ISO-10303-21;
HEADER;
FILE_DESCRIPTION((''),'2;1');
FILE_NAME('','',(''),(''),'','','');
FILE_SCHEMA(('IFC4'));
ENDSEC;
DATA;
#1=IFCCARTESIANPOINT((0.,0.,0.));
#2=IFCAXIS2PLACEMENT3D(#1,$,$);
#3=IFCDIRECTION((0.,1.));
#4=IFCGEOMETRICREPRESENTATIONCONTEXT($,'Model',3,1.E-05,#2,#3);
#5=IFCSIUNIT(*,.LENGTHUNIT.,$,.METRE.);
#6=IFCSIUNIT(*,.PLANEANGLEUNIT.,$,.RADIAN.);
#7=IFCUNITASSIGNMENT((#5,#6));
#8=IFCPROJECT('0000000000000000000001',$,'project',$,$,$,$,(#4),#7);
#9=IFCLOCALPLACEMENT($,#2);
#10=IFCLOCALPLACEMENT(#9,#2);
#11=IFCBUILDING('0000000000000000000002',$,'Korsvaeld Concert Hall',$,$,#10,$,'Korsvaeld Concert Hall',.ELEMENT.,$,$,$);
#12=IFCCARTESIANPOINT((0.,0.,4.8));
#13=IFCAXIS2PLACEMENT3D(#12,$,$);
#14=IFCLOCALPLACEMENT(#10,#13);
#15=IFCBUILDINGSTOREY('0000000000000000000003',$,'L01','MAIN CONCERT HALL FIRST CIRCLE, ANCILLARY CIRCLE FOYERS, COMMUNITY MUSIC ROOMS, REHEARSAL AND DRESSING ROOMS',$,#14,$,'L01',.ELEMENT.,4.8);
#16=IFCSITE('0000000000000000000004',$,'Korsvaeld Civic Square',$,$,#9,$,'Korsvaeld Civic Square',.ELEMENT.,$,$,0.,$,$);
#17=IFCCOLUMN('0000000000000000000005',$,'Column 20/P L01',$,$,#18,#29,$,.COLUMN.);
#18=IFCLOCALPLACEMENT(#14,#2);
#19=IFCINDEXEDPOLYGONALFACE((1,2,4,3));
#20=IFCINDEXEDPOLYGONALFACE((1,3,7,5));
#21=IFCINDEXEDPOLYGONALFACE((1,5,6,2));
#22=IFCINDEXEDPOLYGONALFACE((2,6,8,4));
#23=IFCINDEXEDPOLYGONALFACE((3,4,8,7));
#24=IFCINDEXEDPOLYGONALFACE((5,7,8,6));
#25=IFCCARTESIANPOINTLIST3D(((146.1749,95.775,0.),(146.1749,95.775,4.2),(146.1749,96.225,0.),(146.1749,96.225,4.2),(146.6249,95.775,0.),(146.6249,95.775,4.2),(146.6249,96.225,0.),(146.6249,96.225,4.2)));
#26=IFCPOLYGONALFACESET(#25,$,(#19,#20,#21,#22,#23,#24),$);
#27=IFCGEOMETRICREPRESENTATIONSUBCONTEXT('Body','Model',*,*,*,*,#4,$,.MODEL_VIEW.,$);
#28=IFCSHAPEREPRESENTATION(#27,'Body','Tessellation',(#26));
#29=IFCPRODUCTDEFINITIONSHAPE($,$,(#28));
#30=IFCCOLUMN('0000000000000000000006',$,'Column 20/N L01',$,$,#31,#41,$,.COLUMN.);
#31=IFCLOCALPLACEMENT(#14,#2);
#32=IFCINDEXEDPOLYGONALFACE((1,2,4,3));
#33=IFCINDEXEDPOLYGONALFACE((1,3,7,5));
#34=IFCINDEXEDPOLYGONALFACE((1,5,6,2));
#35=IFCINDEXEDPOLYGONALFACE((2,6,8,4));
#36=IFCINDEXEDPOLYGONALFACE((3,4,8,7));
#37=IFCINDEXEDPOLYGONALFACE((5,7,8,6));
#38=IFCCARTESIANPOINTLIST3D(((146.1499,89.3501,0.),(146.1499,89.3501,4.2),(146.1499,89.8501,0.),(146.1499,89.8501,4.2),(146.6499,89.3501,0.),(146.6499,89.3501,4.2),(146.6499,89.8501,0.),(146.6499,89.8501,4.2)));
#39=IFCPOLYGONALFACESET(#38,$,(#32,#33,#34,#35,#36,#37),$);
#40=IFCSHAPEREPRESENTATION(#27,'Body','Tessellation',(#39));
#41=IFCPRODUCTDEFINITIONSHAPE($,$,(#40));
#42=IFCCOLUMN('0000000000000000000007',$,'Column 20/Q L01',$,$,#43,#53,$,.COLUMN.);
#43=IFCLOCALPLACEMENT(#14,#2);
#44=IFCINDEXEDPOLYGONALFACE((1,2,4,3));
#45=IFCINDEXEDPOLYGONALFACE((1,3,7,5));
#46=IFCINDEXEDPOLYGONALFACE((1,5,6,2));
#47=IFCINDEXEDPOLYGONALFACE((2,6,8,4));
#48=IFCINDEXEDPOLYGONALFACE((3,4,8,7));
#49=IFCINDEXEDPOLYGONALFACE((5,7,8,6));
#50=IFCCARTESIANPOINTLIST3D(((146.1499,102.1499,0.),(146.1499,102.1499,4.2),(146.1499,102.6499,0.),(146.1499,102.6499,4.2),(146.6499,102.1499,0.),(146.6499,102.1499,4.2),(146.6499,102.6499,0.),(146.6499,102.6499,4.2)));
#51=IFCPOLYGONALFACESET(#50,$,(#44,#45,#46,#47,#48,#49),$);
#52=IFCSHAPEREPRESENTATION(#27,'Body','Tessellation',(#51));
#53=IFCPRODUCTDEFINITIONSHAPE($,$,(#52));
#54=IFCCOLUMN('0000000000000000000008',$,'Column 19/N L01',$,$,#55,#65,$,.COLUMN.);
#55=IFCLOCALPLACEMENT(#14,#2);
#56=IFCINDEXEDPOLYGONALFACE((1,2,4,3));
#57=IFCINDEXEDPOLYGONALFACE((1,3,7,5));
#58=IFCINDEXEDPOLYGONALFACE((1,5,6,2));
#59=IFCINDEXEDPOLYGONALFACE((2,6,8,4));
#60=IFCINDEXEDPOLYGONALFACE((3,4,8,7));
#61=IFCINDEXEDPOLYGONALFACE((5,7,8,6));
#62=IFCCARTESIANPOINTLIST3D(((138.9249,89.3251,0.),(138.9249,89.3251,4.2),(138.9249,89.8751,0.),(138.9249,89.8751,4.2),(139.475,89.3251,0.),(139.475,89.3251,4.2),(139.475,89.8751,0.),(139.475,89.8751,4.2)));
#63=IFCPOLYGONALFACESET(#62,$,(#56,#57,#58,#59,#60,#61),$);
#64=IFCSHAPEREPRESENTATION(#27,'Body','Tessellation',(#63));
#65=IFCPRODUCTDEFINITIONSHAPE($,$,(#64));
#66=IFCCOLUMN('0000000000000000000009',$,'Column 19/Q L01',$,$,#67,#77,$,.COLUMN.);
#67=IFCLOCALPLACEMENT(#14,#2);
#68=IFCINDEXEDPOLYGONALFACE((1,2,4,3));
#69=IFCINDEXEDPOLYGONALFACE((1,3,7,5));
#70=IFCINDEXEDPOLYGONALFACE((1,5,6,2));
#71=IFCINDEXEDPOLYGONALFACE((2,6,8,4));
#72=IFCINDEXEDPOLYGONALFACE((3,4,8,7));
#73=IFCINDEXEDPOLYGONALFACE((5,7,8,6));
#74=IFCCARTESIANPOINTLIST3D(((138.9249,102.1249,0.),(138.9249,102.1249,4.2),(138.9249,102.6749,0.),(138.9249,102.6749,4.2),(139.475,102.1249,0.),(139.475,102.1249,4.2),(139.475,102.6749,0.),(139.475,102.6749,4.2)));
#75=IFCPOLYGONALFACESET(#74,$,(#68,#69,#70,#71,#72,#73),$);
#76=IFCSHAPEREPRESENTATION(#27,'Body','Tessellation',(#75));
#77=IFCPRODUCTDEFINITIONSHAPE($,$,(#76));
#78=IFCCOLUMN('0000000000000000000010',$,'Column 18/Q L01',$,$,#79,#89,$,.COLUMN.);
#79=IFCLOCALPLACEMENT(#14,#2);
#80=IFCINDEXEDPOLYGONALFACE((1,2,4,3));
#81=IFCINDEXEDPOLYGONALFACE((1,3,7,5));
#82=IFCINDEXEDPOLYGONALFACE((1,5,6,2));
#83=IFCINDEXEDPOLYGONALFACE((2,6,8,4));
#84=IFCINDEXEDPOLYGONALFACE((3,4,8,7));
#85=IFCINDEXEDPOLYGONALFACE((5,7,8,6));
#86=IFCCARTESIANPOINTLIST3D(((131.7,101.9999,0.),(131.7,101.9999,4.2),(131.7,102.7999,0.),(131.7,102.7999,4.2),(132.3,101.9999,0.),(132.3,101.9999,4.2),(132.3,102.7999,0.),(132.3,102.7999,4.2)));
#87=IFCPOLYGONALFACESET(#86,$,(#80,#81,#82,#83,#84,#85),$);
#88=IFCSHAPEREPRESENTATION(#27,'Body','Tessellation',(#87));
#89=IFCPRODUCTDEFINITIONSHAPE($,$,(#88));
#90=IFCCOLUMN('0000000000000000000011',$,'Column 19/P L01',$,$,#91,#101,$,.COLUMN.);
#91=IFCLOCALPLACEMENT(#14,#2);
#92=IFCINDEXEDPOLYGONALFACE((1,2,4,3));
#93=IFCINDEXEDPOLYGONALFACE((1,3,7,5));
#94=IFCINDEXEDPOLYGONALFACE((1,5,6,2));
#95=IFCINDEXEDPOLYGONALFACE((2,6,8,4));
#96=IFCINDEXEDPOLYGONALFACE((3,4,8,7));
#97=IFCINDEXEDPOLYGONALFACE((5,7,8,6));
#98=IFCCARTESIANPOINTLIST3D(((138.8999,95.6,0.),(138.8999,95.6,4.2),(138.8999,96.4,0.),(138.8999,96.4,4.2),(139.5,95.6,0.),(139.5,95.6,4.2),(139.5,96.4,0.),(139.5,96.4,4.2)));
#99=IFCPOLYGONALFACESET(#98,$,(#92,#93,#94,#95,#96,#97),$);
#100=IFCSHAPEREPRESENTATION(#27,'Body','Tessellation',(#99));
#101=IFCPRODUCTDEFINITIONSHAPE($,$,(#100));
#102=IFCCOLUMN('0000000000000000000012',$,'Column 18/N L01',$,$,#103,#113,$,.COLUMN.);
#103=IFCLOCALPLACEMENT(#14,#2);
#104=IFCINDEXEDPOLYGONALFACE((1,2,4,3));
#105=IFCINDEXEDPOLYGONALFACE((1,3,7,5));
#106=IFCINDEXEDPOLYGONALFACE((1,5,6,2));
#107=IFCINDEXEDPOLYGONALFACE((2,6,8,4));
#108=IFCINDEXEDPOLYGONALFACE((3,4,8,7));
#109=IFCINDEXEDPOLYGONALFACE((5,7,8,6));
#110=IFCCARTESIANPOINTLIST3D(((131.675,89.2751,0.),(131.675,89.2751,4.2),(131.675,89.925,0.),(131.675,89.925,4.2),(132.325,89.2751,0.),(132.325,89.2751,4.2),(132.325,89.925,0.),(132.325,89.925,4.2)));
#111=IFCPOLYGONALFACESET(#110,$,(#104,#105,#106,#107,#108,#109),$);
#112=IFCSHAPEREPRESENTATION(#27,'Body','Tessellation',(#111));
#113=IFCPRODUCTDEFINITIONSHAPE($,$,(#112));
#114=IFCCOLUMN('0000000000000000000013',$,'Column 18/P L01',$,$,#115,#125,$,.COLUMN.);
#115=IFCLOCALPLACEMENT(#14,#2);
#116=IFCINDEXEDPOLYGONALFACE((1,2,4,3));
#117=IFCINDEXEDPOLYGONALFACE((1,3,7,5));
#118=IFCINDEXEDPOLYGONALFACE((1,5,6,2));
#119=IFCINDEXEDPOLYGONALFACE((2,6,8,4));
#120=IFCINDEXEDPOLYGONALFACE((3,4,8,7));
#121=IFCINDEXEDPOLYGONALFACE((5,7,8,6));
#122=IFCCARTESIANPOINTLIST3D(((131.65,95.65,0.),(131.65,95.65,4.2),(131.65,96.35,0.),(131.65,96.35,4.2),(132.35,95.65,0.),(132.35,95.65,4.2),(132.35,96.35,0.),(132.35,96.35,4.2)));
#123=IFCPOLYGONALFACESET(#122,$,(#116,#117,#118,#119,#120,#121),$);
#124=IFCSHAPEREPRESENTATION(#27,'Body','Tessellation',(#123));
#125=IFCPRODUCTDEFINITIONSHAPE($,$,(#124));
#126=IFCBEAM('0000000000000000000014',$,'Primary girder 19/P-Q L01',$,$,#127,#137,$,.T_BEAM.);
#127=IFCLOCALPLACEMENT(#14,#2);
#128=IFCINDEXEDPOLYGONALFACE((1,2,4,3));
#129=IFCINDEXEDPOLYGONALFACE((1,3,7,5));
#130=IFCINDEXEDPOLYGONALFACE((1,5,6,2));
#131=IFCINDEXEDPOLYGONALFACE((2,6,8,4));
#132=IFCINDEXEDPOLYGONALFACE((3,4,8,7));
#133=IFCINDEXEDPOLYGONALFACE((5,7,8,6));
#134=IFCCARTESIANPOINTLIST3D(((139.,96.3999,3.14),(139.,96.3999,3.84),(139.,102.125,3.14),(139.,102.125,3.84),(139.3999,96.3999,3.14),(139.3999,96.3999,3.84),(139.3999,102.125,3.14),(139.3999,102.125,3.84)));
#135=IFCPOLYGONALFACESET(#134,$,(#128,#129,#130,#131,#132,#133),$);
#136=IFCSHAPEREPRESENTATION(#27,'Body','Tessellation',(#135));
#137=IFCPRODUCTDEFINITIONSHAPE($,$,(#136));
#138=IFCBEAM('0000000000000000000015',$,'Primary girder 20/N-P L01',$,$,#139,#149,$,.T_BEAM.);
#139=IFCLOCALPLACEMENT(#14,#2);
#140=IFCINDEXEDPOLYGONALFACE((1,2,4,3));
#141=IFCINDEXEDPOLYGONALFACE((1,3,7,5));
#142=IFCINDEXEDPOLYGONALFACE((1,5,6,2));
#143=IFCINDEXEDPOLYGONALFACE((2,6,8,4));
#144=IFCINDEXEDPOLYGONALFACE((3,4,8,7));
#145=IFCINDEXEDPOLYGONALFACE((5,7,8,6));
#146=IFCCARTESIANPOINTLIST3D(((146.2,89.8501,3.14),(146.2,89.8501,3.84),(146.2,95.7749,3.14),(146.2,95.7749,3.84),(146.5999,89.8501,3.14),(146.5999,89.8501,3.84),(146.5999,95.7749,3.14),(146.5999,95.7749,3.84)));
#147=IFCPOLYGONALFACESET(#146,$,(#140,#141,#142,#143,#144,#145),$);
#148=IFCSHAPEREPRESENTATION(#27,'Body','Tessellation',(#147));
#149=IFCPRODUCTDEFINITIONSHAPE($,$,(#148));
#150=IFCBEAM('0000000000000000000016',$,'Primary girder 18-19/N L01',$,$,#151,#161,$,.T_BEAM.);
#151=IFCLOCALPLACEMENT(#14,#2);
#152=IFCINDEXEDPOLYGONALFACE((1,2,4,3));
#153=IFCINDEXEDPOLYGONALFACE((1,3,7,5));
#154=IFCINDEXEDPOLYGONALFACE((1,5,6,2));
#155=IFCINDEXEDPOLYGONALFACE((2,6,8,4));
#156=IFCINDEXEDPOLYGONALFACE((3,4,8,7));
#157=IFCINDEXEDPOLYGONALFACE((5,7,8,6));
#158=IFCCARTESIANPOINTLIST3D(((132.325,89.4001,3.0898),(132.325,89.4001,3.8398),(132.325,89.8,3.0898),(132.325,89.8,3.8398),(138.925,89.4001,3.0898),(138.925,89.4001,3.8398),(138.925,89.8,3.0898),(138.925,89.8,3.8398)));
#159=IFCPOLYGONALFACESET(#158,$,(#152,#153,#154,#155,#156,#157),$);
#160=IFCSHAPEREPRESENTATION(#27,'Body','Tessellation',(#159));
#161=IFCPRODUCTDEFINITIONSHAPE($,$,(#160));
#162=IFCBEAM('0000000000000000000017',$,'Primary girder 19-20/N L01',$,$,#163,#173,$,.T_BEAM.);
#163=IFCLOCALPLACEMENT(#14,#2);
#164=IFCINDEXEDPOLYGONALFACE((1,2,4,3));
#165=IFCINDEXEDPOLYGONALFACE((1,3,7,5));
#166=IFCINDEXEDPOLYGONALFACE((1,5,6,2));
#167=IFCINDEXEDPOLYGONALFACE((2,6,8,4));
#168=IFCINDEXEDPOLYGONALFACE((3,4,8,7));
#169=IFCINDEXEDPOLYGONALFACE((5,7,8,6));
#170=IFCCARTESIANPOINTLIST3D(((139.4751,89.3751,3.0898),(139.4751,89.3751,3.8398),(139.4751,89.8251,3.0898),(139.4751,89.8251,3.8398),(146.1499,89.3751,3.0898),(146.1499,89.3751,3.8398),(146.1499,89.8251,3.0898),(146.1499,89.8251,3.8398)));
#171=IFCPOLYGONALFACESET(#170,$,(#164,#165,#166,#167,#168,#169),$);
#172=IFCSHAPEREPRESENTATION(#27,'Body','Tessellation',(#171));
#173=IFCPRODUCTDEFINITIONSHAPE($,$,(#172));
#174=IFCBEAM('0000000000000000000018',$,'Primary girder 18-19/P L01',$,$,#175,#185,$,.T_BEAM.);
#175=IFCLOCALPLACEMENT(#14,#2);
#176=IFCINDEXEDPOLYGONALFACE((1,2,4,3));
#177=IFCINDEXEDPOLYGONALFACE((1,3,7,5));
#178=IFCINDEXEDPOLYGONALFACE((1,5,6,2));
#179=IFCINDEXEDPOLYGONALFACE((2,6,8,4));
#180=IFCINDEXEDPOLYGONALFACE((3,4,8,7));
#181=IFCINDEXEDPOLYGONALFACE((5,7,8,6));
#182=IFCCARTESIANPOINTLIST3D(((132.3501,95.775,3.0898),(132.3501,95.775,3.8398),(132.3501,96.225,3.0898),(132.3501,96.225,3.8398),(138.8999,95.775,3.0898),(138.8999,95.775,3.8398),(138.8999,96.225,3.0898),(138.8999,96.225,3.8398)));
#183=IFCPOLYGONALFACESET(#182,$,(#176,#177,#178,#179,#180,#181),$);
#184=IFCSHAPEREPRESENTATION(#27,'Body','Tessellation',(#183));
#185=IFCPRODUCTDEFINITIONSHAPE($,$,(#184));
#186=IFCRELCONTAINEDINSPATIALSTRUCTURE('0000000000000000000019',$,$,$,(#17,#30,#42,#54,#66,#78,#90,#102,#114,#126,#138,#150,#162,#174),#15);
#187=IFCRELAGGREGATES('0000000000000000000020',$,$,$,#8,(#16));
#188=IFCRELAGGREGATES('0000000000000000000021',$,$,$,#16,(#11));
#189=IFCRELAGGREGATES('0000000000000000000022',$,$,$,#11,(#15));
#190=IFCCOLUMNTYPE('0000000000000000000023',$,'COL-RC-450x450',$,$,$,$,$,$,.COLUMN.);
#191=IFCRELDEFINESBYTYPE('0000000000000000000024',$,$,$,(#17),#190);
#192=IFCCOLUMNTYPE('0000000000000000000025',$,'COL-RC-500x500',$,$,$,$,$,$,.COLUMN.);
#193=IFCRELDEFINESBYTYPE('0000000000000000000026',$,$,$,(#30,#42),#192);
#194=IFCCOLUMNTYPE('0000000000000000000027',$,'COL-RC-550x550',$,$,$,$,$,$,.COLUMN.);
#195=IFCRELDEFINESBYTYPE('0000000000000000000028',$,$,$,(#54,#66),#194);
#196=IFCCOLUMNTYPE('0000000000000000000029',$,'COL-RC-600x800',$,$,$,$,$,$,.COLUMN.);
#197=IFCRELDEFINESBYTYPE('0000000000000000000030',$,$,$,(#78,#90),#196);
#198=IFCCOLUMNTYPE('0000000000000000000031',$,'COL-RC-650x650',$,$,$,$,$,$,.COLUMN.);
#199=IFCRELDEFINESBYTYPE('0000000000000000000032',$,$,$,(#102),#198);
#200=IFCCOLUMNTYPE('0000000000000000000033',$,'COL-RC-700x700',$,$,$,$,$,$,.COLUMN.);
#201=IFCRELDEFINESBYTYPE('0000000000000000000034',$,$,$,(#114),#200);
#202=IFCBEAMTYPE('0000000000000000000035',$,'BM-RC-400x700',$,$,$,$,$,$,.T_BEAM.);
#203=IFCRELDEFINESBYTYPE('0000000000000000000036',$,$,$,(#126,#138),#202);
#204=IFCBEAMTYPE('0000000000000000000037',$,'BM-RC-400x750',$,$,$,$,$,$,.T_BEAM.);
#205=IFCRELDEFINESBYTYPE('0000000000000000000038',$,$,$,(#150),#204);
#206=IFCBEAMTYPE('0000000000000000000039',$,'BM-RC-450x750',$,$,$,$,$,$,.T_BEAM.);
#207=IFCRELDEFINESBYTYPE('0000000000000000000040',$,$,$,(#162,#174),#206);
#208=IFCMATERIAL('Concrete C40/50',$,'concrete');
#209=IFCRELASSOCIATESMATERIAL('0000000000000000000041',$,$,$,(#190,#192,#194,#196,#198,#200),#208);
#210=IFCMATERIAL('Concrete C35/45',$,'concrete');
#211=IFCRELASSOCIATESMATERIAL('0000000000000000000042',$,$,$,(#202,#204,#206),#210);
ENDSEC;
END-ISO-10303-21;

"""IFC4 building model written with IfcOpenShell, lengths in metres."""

from ifc_helpers import new_model, si_unit, direction, frame, origin, origin_2d, place, context, subcontext, project, spatial, rectangle, extrude, material, material_profile, profile_set, type_object, element, save


model = new_model("IFC4")

# Units and contexts
model_context = context("Model", 3, precision=1e-05, world=origin(), true_north=direction((0.0, 1.0)))
body_context = subcontext(model_context, "Body", "Model", "MODEL_VIEW")
ifc_project = project(units=[si_unit("LENGTHUNIT", "METRE"), si_unit("PLANEANGLEUNIT", "RADIAN")], contexts=[model_context])

# Site, building, storey
site_placement = place(None, origin())
site = spatial("IfcSite", under=ifc_project, at=site_placement, Name="Korsvaeld Civic Square", LongName="Korsvaeld Civic Square", CompositionType="ELEMENT", RefElevation=0.0)
building_placement = place(site_placement, origin())
building = spatial("IfcBuilding", under=site, at=building_placement, Name="Korsvaeld Concert Hall", LongName="Korsvaeld Concert Hall", CompositionType="ELEMENT")
storey_placement = place(building_placement, frame((0.0, 0.0, 4.8)))
storey = spatial("IfcBuildingStorey", under=building, at=storey_placement, Name="L01", Description="MAIN CONCERT HALL FIRST CIRCLE, ANCILLARY CIRCLE FOYERS, COMMUNITY MUSIC ROOMS, REHEARSAL AND DRESSING ROOMS", LongName="L01", CompositionType="ELEMENT", Elevation=4.8)

# Columns
ifc_material_1 = material(Name="Concrete C40/50", Category="concrete")
ifc_material_profile_1 = material_profile(ifc_material_1, rectangle(XDim=0.45, YDim=0.45, at=origin_2d()), Name="RC 450x450")
ifc_profile_set_1 = profile_set([ifc_material_profile_1], Name="Concrete C40/50")
column_type_1 = type_object("IfcColumnType", Name="COL-RC-450x450", PredefinedType="COLUMN", material=ifc_profile_set_1)
column_1_placement = place(storey_placement, frame((146.3999, 96.0, 0.0), z_axis=(0.0, 0.0, 1.0), x_axis=(1.0, 0.0, 0.0)))
element("IfcColumn", 1, at=column_1_placement, inside=storey, type_object=column_type_1, Name="Column 20/P L01", PredefinedType="COLUMN", context=body_context, shape_type="SweptSolid", body=[
    extrude(rectangle(XDim=0.45, YDim=0.45, at=origin_2d()), origin(), (0.0, 0.0, 1.0), 4.2),
])
ifc_material_profile_2 = material_profile(ifc_material_1, rectangle(XDim=0.5, YDim=0.5, at=origin_2d()), Name="RC 500x500")
ifc_profile_set_2 = profile_set([ifc_material_profile_2], Name="Concrete C40/50")
column_type_2 = type_object("IfcColumnType", Name="COL-RC-500x500", PredefinedType="COLUMN", material=ifc_profile_set_2)
for number, where, z_axis, x_axis, name in (
    (2, (146.3999, 89.6001, 0.0), (0.0, 0.0, 1.0), (1.0, 0.0, 0.0), "Column 20/N L01"),
    (3, (146.3999, 102.3999, 0.0), (0.0, 0.0, 1.0), (1.0, 0.0, 0.0), "Column 20/Q L01"),
):
    element("IfcColumn", number, at=place(storey_placement, frame(where, z_axis=z_axis, x_axis=x_axis)), inside=storey, type_object=column_type_2, Name=name, PredefinedType="COLUMN", context=body_context, shape_type="SweptSolid", body=[
        extrude(rectangle(XDim=0.5, YDim=0.5, at=origin_2d()), origin(), (0.0, 0.0, 1.0), 4.2),
    ])
ifc_material_profile_3 = material_profile(ifc_material_1, rectangle(XDim=0.55, YDim=0.55, at=origin_2d()), Name="RC 550x550")
ifc_profile_set_3 = profile_set([ifc_material_profile_3], Name="Concrete C40/50")
column_type_3 = type_object("IfcColumnType", Name="COL-RC-550x550", PredefinedType="COLUMN", material=ifc_profile_set_3)
for number, where, z_axis, x_axis, name in (
    (4, (139.2, 89.6001, 0.0), (0.0, 0.0, 1.0), (1.0, 0.0, 0.0), "Column 19/N L01"),
    (5, (139.2, 102.3999, 0.0), (0.0, 0.0, 1.0), (1.0, 0.0, 0.0), "Column 19/Q L01"),
):
    element("IfcColumn", number, at=place(storey_placement, frame(where, z_axis=z_axis, x_axis=x_axis)), inside=storey, type_object=column_type_3, Name=name, PredefinedType="COLUMN", context=body_context, shape_type="SweptSolid", body=[
        extrude(rectangle(XDim=0.55, YDim=0.55, at=origin_2d()), origin(), (0.0, 0.0, 1.0), 4.2),
    ])
ifc_material_profile_4 = material_profile(ifc_material_1, rectangle(XDim=0.6001, YDim=0.8, at=origin_2d()), Name="RC 600x800")
ifc_profile_set_4 = profile_set([ifc_material_profile_4], Name="Concrete C40/50")
column_type_4 = type_object("IfcColumnType", Name="COL-RC-600x800", PredefinedType="COLUMN", material=ifc_profile_set_4)
for number, where, z_axis, x_axis, name in (
    (6, (132.0, 102.3999, 0.0), (0.0, 0.0, 1.0), (1.0, 0.0, 0.0), "Column 18/Q L01"),
    (7, (139.2, 96.0, 0.0), (0.0, 0.0, 1.0), (1.0, 0.0, 0.0), "Column 19/P L01"),
):
    element("IfcColumn", number, at=place(storey_placement, frame(where, z_axis=z_axis, x_axis=x_axis)), inside=storey, type_object=column_type_4, Name=name, PredefinedType="COLUMN", context=body_context, shape_type="SweptSolid", body=[
        extrude(rectangle(XDim=0.6001, YDim=0.8, at=origin_2d()), origin(), (0.0, 0.0, 1.0), 4.2),
    ])
ifc_material_profile_5 = material_profile(ifc_material_1, rectangle(XDim=0.6499, YDim=0.6499, at=origin_2d()), Name="RC 650x650")
ifc_profile_set_5 = profile_set([ifc_material_profile_5], Name="Concrete C40/50")
column_type_5 = type_object("IfcColumnType", Name="COL-RC-650x650", PredefinedType="COLUMN", material=ifc_profile_set_5)
column_2_placement = place(storey_placement, frame((132.0, 89.6001, 0.0), z_axis=(0.0, 0.0, 1.0), x_axis=(1.0, 0.0, 0.0)))
element("IfcColumn", 8, at=column_2_placement, inside=storey, type_object=column_type_5, Name="Column 18/N L01", PredefinedType="COLUMN", context=body_context, shape_type="SweptSolid", body=[
    extrude(rectangle(XDim=0.6499, YDim=0.6499, at=origin_2d()), origin(), (0.0, 0.0, 1.0), 4.2),
])
ifc_material_profile_6 = material_profile(ifc_material_1, rectangle(XDim=0.7, YDim=0.7, at=origin_2d()), Name="RC 700x700")
ifc_profile_set_6 = profile_set([ifc_material_profile_6], Name="Concrete C40/50")
column_type_6 = type_object("IfcColumnType", Name="COL-RC-700x700", PredefinedType="COLUMN", material=ifc_profile_set_6)
column_3_placement = place(storey_placement, frame((132.0, 96.0, 0.0), z_axis=(0.0, 0.0, 1.0), x_axis=(1.0, 0.0, 0.0)))
element("IfcColumn", 9, at=column_3_placement, inside=storey, type_object=column_type_6, Name="Column 18/P L01", PredefinedType="COLUMN", context=body_context, shape_type="SweptSolid", body=[
    extrude(rectangle(XDim=0.7, YDim=0.7, at=origin_2d()), origin(), (0.0, 0.0, 1.0), 4.2),
])

# Beams
ifc_material_2 = material(Name="Concrete C35/45", Category="concrete")
ifc_material_profile_7 = material_profile(ifc_material_2, rectangle(XDim=0.3999, YDim=0.7, at=origin_2d()), Name="RC 400x700")
ifc_profile_set_7 = profile_set([ifc_material_profile_7], Name="Concrete C35/45")
beam_type_1 = type_object("IfcBeamType", Name="BM-RC-400x700", PredefinedType="T_BEAM", material=ifc_profile_set_7)
beam_1_placement = place(storey_placement, frame((139.2, 96.3999, 3.49), z_axis=(0.0, 1.0, 0.0), x_axis=(-1.0, 0.0, 0.0)))
element("IfcBeam", 10, at=beam_1_placement, inside=storey, type_object=beam_type_1, Name="Primary girder 19/P-Q L01", PredefinedType="T_BEAM", context=body_context, shape_type="SweptSolid", body=[
    extrude(rectangle(XDim=0.3999, YDim=0.7, at=origin_2d()), origin(), (0.0, 0.0, 1.0), 5.7251),
])
beam_2_placement = place(storey_placement, frame((146.3999, 89.8501, 3.49), z_axis=(0.0, 1.0, 0.0), x_axis=(-1.0, 0.0, 0.0)))
element("IfcBeam", 11, at=beam_2_placement, inside=storey, type_object=beam_type_1, Name="Primary girder 20/N-P L01", PredefinedType="T_BEAM", context=body_context, shape_type="SweptSolid", body=[
    extrude(rectangle(XDim=0.3999, YDim=0.7, at=origin_2d()), origin(), (0.0, 0.0, 1.0), 5.9248),
])
ifc_material_profile_8 = material_profile(ifc_material_2, rectangle(XDim=0.3999, YDim=0.75, at=origin_2d()), Name="RC 400x750")
ifc_profile_set_8 = profile_set([ifc_material_profile_8], Name="Concrete C35/45")
beam_type_2 = type_object("IfcBeamType", Name="BM-RC-400x750", PredefinedType="T_BEAM", material=ifc_profile_set_8)
beam_3_placement = place(storey_placement, frame((132.325, 89.6001, 3.4648), z_axis=(1.0, 0.0, 0.0), x_axis=(0.0, 1.0, 0.0)))
element("IfcBeam", 12, at=beam_3_placement, inside=storey, type_object=beam_type_2, Name="Primary girder 18-19/N L01", PredefinedType="T_BEAM", context=body_context, shape_type="SweptSolid", body=[
    extrude(rectangle(XDim=0.3999, YDim=0.75, at=origin_2d()), origin(), (0.0, 0.0, 1.0), 6.6001),
])
ifc_material_profile_9 = material_profile(ifc_material_2, rectangle(XDim=0.45, YDim=0.75, at=origin_2d()), Name="RC 450x750")
ifc_profile_set_9 = profile_set([ifc_material_profile_9], Name="Concrete C35/45")
beam_type_3 = type_object("IfcBeamType", Name="BM-RC-450x750", PredefinedType="T_BEAM", material=ifc_profile_set_9)
beam_4_placement = place(storey_placement, frame((139.4751, 89.6001, 3.4648), z_axis=(1.0, 0.0, 0.0), x_axis=(0.0, 1.0, 0.0)))
element("IfcBeam", 13, at=beam_4_placement, inside=storey, type_object=beam_type_3, Name="Primary girder 19-20/N L01", PredefinedType="T_BEAM", context=body_context, shape_type="SweptSolid", body=[
    extrude(rectangle(XDim=0.45, YDim=0.75, at=origin_2d()), origin(), (0.0, 0.0, 1.0), 6.6748),
])
beam_5_placement = place(storey_placement, frame((132.3501, 96.0, 3.4648), z_axis=(1.0, 0.0, 0.0), x_axis=(0.0, 1.0, 0.0)))
element("IfcBeam", 14, at=beam_5_placement, inside=storey, type_object=beam_type_3, Name="Primary girder 18-19/P L01", PredefinedType="T_BEAM", context=body_context, shape_type="SweptSolid", body=[
    extrude(rectangle(XDim=0.45, YDim=0.75, at=origin_2d()), origin(), (0.0, 0.0, 1.0), 6.5498),
])

save(model, "model.ifc")
